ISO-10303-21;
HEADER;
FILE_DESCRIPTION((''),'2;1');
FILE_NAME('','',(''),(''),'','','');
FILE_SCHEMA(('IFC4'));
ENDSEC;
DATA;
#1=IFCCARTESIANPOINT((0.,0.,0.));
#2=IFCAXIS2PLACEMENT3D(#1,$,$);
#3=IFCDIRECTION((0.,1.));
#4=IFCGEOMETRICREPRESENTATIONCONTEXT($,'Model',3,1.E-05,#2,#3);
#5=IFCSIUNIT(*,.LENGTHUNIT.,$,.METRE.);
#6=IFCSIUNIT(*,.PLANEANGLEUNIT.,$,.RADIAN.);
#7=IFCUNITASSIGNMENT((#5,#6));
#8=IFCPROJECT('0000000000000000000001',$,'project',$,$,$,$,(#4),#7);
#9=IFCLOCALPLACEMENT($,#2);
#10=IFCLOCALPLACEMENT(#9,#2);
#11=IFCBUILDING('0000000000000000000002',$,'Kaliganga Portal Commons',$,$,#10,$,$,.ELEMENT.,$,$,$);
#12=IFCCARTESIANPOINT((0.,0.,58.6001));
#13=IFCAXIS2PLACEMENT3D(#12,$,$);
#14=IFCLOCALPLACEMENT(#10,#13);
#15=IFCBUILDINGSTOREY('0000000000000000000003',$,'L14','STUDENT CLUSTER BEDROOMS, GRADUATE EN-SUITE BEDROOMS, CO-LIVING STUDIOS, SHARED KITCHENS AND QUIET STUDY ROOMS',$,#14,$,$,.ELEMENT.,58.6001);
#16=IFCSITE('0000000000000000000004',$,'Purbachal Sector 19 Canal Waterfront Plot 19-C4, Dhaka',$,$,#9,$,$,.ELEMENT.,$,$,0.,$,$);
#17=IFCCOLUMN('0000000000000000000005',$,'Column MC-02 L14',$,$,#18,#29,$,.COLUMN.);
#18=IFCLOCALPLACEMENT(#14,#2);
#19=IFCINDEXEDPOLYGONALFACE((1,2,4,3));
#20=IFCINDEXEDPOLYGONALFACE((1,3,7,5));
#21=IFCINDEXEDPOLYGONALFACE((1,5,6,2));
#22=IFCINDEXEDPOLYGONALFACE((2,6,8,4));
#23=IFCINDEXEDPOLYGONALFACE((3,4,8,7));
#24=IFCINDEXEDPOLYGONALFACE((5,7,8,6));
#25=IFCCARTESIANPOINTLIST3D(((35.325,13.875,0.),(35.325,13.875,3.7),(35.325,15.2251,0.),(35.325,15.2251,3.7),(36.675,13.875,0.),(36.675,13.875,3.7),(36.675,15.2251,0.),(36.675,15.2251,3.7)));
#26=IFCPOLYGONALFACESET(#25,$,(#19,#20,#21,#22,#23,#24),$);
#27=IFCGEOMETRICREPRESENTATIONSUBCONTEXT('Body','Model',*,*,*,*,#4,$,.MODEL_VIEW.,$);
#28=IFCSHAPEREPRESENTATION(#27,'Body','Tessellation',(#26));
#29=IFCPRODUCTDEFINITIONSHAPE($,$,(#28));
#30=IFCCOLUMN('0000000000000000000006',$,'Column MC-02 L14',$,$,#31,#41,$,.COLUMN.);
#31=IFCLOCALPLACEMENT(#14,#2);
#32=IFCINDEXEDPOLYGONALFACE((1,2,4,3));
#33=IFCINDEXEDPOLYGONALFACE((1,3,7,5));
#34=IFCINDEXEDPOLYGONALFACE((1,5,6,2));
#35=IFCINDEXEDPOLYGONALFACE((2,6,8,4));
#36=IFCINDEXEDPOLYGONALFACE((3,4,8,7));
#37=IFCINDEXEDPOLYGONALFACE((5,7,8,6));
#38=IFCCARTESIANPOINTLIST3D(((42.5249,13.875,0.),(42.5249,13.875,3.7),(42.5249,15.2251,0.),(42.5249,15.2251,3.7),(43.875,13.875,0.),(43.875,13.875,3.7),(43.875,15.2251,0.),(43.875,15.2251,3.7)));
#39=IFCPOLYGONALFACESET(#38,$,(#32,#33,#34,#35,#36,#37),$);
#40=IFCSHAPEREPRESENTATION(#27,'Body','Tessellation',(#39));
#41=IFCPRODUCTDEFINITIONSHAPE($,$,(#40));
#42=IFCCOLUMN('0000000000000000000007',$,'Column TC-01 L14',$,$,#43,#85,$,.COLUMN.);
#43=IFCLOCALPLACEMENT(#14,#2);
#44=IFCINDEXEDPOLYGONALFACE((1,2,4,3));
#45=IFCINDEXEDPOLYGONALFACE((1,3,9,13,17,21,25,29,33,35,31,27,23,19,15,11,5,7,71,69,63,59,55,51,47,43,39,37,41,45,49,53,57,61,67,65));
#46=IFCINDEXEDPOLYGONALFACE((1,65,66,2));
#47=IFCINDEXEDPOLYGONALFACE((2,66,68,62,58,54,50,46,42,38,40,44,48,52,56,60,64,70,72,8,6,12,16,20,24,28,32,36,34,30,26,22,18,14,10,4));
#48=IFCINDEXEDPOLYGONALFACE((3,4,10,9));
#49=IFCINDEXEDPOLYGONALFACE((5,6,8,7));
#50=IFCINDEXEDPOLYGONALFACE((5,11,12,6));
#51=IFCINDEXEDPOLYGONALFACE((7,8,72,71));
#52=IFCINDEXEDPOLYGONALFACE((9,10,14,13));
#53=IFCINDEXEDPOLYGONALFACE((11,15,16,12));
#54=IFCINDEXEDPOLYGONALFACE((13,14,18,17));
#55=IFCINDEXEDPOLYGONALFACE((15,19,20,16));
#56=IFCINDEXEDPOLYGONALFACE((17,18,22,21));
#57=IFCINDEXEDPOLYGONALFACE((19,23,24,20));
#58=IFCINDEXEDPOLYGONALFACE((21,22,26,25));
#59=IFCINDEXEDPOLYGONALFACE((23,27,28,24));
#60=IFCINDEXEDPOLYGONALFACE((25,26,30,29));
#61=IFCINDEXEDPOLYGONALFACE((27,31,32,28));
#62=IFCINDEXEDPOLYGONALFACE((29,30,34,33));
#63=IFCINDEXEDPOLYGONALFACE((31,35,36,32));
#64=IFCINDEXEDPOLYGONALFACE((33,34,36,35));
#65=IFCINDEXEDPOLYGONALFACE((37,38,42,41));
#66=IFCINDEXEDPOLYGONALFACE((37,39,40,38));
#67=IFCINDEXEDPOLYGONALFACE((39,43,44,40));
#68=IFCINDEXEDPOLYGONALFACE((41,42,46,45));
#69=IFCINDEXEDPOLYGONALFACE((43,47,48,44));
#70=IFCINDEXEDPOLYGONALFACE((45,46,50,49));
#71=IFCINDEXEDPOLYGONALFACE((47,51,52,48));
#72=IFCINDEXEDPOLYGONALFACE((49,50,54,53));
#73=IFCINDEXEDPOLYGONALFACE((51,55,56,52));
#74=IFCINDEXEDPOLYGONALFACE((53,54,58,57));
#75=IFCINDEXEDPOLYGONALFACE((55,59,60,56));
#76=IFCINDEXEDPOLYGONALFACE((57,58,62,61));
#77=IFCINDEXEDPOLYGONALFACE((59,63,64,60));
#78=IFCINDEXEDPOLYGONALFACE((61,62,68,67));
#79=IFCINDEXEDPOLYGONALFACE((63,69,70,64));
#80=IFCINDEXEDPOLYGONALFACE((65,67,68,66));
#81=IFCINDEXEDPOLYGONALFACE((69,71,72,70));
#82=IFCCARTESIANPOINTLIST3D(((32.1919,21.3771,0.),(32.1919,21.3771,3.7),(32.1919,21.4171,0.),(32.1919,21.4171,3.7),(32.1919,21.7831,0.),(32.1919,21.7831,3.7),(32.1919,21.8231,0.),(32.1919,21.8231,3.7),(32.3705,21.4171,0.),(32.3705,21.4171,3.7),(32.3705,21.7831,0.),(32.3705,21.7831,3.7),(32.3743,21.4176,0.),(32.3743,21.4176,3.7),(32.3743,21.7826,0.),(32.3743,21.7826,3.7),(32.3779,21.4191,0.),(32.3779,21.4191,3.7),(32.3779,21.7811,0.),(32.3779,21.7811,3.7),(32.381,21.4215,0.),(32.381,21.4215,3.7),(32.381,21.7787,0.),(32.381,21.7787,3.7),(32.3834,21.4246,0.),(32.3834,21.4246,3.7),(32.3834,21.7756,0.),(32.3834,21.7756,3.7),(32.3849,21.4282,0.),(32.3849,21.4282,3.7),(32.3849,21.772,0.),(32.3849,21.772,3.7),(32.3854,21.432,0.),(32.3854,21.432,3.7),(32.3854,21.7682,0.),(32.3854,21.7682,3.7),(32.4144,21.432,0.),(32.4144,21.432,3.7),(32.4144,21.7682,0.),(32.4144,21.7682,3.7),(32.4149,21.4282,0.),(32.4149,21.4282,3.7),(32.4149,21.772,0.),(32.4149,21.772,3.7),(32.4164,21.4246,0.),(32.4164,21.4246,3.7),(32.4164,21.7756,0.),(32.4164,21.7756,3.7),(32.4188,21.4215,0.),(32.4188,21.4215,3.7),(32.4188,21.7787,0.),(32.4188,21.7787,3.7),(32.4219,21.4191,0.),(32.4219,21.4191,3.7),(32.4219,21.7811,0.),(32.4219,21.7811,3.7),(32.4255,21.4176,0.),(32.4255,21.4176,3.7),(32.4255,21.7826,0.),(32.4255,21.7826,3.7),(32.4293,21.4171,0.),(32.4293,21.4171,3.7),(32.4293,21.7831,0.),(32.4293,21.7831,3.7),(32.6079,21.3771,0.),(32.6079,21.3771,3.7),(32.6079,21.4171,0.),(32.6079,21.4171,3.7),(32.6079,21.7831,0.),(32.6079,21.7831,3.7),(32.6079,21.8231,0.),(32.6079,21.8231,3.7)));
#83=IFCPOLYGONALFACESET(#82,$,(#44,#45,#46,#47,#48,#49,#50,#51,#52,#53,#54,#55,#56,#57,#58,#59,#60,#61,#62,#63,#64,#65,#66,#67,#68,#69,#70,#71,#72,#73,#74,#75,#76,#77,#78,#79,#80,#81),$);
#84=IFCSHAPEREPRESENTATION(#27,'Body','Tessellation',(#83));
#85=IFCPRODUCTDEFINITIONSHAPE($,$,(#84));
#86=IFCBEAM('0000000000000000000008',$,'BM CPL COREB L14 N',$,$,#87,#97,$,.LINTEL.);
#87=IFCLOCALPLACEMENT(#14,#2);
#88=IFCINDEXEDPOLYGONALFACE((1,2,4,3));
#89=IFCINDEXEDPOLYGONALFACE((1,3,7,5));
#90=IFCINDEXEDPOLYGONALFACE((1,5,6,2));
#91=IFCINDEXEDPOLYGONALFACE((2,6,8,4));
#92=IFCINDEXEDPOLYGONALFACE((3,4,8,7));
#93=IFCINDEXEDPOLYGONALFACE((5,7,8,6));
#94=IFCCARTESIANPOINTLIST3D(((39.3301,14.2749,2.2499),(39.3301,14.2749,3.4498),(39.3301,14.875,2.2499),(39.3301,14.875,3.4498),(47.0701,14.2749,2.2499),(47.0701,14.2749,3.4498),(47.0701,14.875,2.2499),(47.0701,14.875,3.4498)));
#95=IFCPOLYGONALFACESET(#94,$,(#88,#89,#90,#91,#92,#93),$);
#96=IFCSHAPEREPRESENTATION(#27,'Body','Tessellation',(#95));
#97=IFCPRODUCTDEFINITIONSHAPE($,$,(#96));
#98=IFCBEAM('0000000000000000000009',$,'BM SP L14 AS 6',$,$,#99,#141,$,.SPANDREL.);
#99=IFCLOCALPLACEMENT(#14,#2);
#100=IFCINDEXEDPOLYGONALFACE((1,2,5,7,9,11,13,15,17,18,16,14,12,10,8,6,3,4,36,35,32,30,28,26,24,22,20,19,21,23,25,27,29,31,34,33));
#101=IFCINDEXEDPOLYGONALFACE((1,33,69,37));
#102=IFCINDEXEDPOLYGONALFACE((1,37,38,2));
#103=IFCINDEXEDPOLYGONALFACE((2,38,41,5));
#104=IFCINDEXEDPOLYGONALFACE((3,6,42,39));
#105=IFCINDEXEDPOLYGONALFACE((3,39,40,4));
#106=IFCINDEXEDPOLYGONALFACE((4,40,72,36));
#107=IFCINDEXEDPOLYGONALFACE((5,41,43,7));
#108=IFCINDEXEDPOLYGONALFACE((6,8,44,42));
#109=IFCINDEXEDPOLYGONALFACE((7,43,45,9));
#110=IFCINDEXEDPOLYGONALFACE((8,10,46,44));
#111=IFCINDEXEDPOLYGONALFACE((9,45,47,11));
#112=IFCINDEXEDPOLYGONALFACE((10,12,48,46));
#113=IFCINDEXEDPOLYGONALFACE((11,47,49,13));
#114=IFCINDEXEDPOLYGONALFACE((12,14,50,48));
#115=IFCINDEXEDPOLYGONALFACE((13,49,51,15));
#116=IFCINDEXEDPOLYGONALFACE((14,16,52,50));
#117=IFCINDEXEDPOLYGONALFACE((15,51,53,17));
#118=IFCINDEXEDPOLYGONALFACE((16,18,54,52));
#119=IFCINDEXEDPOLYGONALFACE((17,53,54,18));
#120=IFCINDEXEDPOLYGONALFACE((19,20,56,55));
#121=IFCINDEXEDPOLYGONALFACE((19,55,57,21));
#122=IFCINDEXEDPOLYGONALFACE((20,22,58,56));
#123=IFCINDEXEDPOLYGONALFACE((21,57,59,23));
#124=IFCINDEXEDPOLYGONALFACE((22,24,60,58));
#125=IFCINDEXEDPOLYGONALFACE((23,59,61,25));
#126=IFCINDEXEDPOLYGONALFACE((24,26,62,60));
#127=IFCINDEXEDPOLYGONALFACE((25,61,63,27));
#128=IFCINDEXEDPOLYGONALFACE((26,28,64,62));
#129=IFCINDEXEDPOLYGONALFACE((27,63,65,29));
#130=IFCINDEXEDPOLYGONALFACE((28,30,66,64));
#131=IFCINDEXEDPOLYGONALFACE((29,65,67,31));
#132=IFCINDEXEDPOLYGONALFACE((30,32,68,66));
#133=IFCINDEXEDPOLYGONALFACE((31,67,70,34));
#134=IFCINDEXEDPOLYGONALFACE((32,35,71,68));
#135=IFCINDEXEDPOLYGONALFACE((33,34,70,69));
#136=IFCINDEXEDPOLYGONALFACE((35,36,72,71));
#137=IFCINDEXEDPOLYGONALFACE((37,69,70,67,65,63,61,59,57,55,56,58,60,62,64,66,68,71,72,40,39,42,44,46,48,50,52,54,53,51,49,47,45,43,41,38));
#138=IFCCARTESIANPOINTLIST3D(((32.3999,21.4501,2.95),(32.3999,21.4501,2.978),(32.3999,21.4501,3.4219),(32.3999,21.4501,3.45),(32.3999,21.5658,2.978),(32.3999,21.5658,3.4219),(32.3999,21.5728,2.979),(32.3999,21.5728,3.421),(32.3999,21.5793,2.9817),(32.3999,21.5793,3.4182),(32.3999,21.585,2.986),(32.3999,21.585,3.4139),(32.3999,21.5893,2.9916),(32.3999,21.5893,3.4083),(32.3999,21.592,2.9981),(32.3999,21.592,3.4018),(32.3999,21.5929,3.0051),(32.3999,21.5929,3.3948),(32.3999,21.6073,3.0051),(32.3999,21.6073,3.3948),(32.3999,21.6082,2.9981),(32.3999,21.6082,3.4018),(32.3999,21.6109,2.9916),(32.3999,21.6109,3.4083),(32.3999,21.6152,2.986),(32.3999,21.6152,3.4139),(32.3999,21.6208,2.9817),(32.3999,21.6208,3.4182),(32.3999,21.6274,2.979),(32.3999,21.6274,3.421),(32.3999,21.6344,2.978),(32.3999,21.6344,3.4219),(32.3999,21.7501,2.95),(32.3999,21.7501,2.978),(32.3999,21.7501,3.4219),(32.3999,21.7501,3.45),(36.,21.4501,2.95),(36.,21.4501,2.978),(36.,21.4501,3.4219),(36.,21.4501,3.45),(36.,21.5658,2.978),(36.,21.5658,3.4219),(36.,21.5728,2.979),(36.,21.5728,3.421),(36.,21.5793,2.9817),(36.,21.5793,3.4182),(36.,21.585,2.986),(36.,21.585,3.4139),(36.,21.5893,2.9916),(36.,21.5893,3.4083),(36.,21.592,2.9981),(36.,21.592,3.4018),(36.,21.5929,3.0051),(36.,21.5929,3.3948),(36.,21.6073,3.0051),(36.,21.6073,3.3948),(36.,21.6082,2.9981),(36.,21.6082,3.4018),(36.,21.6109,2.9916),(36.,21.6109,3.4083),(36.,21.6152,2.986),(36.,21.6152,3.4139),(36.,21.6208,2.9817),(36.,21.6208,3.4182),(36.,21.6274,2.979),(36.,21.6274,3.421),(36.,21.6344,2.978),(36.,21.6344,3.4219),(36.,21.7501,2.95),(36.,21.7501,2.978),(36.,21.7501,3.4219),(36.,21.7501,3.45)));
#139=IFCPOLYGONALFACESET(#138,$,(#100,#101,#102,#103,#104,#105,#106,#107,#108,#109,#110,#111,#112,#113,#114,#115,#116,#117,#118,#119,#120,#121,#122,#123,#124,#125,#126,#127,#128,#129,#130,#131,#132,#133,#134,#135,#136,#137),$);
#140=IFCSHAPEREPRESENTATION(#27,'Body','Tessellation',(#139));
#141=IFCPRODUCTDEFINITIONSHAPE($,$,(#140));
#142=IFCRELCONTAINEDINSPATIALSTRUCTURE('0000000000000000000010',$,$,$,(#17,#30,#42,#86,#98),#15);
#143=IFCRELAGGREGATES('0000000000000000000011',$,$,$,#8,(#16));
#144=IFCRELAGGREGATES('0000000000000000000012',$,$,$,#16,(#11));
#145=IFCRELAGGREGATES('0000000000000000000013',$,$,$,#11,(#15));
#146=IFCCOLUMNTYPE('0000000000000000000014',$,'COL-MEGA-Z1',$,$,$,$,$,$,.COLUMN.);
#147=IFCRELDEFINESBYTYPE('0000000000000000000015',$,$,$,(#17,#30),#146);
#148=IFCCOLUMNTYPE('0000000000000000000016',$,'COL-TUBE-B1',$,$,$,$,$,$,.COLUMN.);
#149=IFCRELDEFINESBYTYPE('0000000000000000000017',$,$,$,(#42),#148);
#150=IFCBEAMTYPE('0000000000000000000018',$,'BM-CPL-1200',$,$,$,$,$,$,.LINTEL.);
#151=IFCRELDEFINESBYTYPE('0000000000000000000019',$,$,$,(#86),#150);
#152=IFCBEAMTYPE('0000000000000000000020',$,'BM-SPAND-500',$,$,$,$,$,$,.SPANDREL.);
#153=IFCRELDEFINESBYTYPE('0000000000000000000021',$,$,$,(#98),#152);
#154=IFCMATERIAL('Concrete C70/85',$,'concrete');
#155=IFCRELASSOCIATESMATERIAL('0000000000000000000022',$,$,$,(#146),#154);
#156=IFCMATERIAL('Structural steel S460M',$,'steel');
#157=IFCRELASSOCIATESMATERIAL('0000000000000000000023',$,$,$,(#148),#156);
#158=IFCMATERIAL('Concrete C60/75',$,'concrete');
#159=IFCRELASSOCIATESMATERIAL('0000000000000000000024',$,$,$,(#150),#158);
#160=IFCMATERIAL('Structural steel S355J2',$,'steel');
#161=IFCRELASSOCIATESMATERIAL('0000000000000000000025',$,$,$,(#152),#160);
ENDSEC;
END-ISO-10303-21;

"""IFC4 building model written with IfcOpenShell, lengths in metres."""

from ifc_helpers import new_model, si_unit, direction, frame, origin, origin_2d, place, context, subcontext, project, spatial, rectangle, i_section, extrude, source, transform, mapped, material, material_profile, profile_set, type_object, element, save


model = new_model("IFC4")

# Units and contexts
model_context = context("Model", 3, precision=1e-05, world=origin(), true_north=direction((0.0, 1.0)))
body_context = subcontext(model_context, "Body", "Model", "MODEL_VIEW")
ifc_project = project(units=[si_unit("LENGTHUNIT", "METRE"), si_unit("PLANEANGLEUNIT", "RADIAN")], contexts=[model_context])

# Site, building, storey
site_placement = place(None, origin())
site = spatial("IfcSite", under=ifc_project, at=site_placement, Name="Purbachal Sector 19 Canal Waterfront Plot 19-C4, Dhaka", CompositionType="ELEMENT", RefElevation=0.0)
building_placement = place(site_placement, origin())
building = spatial("IfcBuilding", under=site, at=building_placement, Name="Kaliganga Portal Commons", CompositionType="ELEMENT")
storey_placement = place(building_placement, frame((0.0, 0.0, 58.6001)))
storey = spatial("IfcBuildingStorey", under=building, at=storey_placement, Name="L14", Description="STUDENT CLUSTER BEDROOMS, GRADUATE EN-SUITE BEDROOMS, CO-LIVING STUDIOS, SHARED KITCHENS AND QUIET STUDY ROOMS", CompositionType="ELEMENT", Elevation=58.6001)

# Columns
ifc_material_1 = material(Name="Concrete C70/85", Category="concrete")
ifc_material_profile_1 = material_profile(ifc_material_1, rectangle(XDim=1.3501, YDim=1.3501, at=origin_2d()), Name="RC 1350x1350")
ifc_profile_set_1 = profile_set([ifc_material_profile_1], Name="Concrete C70/85")
column_type_1 = type_object("IfcColumnType", Name="COL-MEGA-Z1", PredefinedType="COLUMN", material=ifc_profile_set_1)
shared_shape_1 = source(origin(), body_context, "Body", "SweptSolid", [
    extrude(rectangle(XDim=1.3501, YDim=1.3501, at=origin_2d()), origin(), (0.0, 0.0, 1.0), 3.7),
])
for number, where, z_axis, x_axis, name in (
    (1, (36.0, 14.55, 0.0), (0.0, 0.0, 1.0), (1.0, 0.0, 0.0), "Column MC-02 L14"),
    (2, (43.2, 14.55, 0.0), (0.0, 0.0, 1.0), (1.0, 0.0, 0.0), "Column MC-02 L14"),
):
    element("IfcColumn", number, at=place(storey_placement, frame(where, z_axis=z_axis, x_axis=x_axis)), inside=storey, type_object=column_type_1, Name=name, PredefinedType="COLUMN", context=body_context, shape_type="MappedRepresentation", body=[
        mapped(shared_shape_1, transform((0.0, 0.0, 0.0), x_axis=(1.0, 0.0, 0.0), y_axis=(0.0, 1.0, 0.0), z_axis=(0.0, 0.0, 1.0), scale=1.0)),
    ])
ifc_material_2 = material(Name="Structural steel S460M", Category="steel")
ifc_material_profile_2 = material_profile(ifc_material_2, i_section(OverallWidth=0.416, OverallDepth=0.446, WebThickness=0.0291, FlangeThickness=0.04, FilletRadius=0.0149, at=origin_2d()), Name="HD 400x509")
ifc_profile_set_2 = profile_set([ifc_material_profile_2], Name="Structural steel S460M wide-flange")
column_type_2 = type_object("IfcColumnType", Name="COL-TUBE-B1", PredefinedType="COLUMN", material=ifc_profile_set_2)
shared_shape_2 = source(origin(), body_context, "Body", "SweptSolid", [
    extrude(i_section(OverallWidth=0.416, OverallDepth=0.446, WebThickness=0.0291, FlangeThickness=0.04, FilletRadius=0.0149, at=origin_2d()), origin(), (0.0, 0.0, 1.0), 3.7),
])
column_placement = place(storey_placement, frame((32.3999, 21.6001, 0.0), z_axis=(0.0, 0.0, 1.0), x_axis=(1.0, 0.0, 0.0)))
element("IfcColumn", 3, at=column_placement, inside=storey, type_object=column_type_2, Name="Column TC-01 L14", PredefinedType="COLUMN", context=body_context, shape_type="MappedRepresentation", body=[
    mapped(shared_shape_2, transform((0.0, 0.0, 0.0), x_axis=(1.0, 0.0, 0.0), y_axis=(0.0, 1.0, 0.0), z_axis=(0.0, 0.0, 1.0), scale=1.0)),
])

# Beams
ifc_material_3 = material(Name="Concrete C60/75", Category="concrete")
ifc_material_profile_3 = material_profile(ifc_material_3, rectangle(XDim=0.6001, YDim=1.2, at=origin_2d()), Name="RC 600x1200")
ifc_profile_set_3 = profile_set([ifc_material_profile_3], Name="Concrete C60/75")
beam_type_1 = type_object("IfcBeamType", Name="BM-CPL-1200", PredefinedType="LINTEL", material=ifc_profile_set_3)
shared_shape_3 = source(origin(), body_context, "Body", "SweptSolid", [
    extrude(rectangle(XDim=0.6001, YDim=1.2, at=origin_2d()), origin(), (0.0, 0.0, 1.0), 7.74),
])
beam_1_placement = place(storey_placement, frame((39.3301, 14.575, 2.8499), z_axis=(1.0, 0.0, 0.0), x_axis=(0.0, 1.0, 0.0)))
element("IfcBeam", 4, at=beam_1_placement, inside=storey, type_object=beam_type_1, Name="BM CPL COREB L14 N", PredefinedType="LINTEL", context=body_context, shape_type="MappedRepresentation", body=[
    mapped(shared_shape_3, transform((0.0, 0.0, 0.0), x_axis=(1.0, 0.0, 0.0), y_axis=(0.0, 1.0, 0.0), z_axis=(0.0, 0.0, 1.0), scale=1.0)),
])
ifc_material_4 = material(Name="Structural steel S355J2", Category="steel")
ifc_material_profile_4 = material_profile(ifc_material_4, i_section(OverallWidth=0.3, OverallDepth=0.5, WebThickness=0.0144, FlangeThickness=0.0281, FilletRadius=0.0271, at=origin_2d()), Name="HE 500 B")
ifc_profile_set_4 = profile_set([ifc_material_profile_4], Name="Structural steel S355J2 wide-flange")
beam_type_2 = type_object("IfcBeamType", Name="BM-SPAND-500", PredefinedType="SPANDREL", material=ifc_profile_set_4)
shared_shape_4 = source(origin(), body_context, "Body", "SweptSolid", [
    extrude(i_section(OverallWidth=0.3, OverallDepth=0.5, WebThickness=0.0144, FlangeThickness=0.0281, FilletRadius=0.0271, at=origin_2d()), origin(), (0.0, 0.0, 1.0), 3.6001),
])
beam_2_placement = place(storey_placement, frame((32.3999, 21.6001, 3.2), z_axis=(1.0, 0.0, 0.0), x_axis=(0.0, 1.0, 0.0)))
element("IfcBeam", 5, at=beam_2_placement, inside=storey, type_object=beam_type_2, Name="BM SP L14 AS 6", PredefinedType="SPANDREL", context=body_context, shape_type="MappedRepresentation", body=[
    mapped(shared_shape_4, transform((0.0, 0.0, 0.0), x_axis=(1.0, 0.0, 0.0), y_axis=(0.0, 1.0, 0.0), z_axis=(0.0, 0.0, 1.0), scale=1.0)),
])

save(model, "model.ifc")
